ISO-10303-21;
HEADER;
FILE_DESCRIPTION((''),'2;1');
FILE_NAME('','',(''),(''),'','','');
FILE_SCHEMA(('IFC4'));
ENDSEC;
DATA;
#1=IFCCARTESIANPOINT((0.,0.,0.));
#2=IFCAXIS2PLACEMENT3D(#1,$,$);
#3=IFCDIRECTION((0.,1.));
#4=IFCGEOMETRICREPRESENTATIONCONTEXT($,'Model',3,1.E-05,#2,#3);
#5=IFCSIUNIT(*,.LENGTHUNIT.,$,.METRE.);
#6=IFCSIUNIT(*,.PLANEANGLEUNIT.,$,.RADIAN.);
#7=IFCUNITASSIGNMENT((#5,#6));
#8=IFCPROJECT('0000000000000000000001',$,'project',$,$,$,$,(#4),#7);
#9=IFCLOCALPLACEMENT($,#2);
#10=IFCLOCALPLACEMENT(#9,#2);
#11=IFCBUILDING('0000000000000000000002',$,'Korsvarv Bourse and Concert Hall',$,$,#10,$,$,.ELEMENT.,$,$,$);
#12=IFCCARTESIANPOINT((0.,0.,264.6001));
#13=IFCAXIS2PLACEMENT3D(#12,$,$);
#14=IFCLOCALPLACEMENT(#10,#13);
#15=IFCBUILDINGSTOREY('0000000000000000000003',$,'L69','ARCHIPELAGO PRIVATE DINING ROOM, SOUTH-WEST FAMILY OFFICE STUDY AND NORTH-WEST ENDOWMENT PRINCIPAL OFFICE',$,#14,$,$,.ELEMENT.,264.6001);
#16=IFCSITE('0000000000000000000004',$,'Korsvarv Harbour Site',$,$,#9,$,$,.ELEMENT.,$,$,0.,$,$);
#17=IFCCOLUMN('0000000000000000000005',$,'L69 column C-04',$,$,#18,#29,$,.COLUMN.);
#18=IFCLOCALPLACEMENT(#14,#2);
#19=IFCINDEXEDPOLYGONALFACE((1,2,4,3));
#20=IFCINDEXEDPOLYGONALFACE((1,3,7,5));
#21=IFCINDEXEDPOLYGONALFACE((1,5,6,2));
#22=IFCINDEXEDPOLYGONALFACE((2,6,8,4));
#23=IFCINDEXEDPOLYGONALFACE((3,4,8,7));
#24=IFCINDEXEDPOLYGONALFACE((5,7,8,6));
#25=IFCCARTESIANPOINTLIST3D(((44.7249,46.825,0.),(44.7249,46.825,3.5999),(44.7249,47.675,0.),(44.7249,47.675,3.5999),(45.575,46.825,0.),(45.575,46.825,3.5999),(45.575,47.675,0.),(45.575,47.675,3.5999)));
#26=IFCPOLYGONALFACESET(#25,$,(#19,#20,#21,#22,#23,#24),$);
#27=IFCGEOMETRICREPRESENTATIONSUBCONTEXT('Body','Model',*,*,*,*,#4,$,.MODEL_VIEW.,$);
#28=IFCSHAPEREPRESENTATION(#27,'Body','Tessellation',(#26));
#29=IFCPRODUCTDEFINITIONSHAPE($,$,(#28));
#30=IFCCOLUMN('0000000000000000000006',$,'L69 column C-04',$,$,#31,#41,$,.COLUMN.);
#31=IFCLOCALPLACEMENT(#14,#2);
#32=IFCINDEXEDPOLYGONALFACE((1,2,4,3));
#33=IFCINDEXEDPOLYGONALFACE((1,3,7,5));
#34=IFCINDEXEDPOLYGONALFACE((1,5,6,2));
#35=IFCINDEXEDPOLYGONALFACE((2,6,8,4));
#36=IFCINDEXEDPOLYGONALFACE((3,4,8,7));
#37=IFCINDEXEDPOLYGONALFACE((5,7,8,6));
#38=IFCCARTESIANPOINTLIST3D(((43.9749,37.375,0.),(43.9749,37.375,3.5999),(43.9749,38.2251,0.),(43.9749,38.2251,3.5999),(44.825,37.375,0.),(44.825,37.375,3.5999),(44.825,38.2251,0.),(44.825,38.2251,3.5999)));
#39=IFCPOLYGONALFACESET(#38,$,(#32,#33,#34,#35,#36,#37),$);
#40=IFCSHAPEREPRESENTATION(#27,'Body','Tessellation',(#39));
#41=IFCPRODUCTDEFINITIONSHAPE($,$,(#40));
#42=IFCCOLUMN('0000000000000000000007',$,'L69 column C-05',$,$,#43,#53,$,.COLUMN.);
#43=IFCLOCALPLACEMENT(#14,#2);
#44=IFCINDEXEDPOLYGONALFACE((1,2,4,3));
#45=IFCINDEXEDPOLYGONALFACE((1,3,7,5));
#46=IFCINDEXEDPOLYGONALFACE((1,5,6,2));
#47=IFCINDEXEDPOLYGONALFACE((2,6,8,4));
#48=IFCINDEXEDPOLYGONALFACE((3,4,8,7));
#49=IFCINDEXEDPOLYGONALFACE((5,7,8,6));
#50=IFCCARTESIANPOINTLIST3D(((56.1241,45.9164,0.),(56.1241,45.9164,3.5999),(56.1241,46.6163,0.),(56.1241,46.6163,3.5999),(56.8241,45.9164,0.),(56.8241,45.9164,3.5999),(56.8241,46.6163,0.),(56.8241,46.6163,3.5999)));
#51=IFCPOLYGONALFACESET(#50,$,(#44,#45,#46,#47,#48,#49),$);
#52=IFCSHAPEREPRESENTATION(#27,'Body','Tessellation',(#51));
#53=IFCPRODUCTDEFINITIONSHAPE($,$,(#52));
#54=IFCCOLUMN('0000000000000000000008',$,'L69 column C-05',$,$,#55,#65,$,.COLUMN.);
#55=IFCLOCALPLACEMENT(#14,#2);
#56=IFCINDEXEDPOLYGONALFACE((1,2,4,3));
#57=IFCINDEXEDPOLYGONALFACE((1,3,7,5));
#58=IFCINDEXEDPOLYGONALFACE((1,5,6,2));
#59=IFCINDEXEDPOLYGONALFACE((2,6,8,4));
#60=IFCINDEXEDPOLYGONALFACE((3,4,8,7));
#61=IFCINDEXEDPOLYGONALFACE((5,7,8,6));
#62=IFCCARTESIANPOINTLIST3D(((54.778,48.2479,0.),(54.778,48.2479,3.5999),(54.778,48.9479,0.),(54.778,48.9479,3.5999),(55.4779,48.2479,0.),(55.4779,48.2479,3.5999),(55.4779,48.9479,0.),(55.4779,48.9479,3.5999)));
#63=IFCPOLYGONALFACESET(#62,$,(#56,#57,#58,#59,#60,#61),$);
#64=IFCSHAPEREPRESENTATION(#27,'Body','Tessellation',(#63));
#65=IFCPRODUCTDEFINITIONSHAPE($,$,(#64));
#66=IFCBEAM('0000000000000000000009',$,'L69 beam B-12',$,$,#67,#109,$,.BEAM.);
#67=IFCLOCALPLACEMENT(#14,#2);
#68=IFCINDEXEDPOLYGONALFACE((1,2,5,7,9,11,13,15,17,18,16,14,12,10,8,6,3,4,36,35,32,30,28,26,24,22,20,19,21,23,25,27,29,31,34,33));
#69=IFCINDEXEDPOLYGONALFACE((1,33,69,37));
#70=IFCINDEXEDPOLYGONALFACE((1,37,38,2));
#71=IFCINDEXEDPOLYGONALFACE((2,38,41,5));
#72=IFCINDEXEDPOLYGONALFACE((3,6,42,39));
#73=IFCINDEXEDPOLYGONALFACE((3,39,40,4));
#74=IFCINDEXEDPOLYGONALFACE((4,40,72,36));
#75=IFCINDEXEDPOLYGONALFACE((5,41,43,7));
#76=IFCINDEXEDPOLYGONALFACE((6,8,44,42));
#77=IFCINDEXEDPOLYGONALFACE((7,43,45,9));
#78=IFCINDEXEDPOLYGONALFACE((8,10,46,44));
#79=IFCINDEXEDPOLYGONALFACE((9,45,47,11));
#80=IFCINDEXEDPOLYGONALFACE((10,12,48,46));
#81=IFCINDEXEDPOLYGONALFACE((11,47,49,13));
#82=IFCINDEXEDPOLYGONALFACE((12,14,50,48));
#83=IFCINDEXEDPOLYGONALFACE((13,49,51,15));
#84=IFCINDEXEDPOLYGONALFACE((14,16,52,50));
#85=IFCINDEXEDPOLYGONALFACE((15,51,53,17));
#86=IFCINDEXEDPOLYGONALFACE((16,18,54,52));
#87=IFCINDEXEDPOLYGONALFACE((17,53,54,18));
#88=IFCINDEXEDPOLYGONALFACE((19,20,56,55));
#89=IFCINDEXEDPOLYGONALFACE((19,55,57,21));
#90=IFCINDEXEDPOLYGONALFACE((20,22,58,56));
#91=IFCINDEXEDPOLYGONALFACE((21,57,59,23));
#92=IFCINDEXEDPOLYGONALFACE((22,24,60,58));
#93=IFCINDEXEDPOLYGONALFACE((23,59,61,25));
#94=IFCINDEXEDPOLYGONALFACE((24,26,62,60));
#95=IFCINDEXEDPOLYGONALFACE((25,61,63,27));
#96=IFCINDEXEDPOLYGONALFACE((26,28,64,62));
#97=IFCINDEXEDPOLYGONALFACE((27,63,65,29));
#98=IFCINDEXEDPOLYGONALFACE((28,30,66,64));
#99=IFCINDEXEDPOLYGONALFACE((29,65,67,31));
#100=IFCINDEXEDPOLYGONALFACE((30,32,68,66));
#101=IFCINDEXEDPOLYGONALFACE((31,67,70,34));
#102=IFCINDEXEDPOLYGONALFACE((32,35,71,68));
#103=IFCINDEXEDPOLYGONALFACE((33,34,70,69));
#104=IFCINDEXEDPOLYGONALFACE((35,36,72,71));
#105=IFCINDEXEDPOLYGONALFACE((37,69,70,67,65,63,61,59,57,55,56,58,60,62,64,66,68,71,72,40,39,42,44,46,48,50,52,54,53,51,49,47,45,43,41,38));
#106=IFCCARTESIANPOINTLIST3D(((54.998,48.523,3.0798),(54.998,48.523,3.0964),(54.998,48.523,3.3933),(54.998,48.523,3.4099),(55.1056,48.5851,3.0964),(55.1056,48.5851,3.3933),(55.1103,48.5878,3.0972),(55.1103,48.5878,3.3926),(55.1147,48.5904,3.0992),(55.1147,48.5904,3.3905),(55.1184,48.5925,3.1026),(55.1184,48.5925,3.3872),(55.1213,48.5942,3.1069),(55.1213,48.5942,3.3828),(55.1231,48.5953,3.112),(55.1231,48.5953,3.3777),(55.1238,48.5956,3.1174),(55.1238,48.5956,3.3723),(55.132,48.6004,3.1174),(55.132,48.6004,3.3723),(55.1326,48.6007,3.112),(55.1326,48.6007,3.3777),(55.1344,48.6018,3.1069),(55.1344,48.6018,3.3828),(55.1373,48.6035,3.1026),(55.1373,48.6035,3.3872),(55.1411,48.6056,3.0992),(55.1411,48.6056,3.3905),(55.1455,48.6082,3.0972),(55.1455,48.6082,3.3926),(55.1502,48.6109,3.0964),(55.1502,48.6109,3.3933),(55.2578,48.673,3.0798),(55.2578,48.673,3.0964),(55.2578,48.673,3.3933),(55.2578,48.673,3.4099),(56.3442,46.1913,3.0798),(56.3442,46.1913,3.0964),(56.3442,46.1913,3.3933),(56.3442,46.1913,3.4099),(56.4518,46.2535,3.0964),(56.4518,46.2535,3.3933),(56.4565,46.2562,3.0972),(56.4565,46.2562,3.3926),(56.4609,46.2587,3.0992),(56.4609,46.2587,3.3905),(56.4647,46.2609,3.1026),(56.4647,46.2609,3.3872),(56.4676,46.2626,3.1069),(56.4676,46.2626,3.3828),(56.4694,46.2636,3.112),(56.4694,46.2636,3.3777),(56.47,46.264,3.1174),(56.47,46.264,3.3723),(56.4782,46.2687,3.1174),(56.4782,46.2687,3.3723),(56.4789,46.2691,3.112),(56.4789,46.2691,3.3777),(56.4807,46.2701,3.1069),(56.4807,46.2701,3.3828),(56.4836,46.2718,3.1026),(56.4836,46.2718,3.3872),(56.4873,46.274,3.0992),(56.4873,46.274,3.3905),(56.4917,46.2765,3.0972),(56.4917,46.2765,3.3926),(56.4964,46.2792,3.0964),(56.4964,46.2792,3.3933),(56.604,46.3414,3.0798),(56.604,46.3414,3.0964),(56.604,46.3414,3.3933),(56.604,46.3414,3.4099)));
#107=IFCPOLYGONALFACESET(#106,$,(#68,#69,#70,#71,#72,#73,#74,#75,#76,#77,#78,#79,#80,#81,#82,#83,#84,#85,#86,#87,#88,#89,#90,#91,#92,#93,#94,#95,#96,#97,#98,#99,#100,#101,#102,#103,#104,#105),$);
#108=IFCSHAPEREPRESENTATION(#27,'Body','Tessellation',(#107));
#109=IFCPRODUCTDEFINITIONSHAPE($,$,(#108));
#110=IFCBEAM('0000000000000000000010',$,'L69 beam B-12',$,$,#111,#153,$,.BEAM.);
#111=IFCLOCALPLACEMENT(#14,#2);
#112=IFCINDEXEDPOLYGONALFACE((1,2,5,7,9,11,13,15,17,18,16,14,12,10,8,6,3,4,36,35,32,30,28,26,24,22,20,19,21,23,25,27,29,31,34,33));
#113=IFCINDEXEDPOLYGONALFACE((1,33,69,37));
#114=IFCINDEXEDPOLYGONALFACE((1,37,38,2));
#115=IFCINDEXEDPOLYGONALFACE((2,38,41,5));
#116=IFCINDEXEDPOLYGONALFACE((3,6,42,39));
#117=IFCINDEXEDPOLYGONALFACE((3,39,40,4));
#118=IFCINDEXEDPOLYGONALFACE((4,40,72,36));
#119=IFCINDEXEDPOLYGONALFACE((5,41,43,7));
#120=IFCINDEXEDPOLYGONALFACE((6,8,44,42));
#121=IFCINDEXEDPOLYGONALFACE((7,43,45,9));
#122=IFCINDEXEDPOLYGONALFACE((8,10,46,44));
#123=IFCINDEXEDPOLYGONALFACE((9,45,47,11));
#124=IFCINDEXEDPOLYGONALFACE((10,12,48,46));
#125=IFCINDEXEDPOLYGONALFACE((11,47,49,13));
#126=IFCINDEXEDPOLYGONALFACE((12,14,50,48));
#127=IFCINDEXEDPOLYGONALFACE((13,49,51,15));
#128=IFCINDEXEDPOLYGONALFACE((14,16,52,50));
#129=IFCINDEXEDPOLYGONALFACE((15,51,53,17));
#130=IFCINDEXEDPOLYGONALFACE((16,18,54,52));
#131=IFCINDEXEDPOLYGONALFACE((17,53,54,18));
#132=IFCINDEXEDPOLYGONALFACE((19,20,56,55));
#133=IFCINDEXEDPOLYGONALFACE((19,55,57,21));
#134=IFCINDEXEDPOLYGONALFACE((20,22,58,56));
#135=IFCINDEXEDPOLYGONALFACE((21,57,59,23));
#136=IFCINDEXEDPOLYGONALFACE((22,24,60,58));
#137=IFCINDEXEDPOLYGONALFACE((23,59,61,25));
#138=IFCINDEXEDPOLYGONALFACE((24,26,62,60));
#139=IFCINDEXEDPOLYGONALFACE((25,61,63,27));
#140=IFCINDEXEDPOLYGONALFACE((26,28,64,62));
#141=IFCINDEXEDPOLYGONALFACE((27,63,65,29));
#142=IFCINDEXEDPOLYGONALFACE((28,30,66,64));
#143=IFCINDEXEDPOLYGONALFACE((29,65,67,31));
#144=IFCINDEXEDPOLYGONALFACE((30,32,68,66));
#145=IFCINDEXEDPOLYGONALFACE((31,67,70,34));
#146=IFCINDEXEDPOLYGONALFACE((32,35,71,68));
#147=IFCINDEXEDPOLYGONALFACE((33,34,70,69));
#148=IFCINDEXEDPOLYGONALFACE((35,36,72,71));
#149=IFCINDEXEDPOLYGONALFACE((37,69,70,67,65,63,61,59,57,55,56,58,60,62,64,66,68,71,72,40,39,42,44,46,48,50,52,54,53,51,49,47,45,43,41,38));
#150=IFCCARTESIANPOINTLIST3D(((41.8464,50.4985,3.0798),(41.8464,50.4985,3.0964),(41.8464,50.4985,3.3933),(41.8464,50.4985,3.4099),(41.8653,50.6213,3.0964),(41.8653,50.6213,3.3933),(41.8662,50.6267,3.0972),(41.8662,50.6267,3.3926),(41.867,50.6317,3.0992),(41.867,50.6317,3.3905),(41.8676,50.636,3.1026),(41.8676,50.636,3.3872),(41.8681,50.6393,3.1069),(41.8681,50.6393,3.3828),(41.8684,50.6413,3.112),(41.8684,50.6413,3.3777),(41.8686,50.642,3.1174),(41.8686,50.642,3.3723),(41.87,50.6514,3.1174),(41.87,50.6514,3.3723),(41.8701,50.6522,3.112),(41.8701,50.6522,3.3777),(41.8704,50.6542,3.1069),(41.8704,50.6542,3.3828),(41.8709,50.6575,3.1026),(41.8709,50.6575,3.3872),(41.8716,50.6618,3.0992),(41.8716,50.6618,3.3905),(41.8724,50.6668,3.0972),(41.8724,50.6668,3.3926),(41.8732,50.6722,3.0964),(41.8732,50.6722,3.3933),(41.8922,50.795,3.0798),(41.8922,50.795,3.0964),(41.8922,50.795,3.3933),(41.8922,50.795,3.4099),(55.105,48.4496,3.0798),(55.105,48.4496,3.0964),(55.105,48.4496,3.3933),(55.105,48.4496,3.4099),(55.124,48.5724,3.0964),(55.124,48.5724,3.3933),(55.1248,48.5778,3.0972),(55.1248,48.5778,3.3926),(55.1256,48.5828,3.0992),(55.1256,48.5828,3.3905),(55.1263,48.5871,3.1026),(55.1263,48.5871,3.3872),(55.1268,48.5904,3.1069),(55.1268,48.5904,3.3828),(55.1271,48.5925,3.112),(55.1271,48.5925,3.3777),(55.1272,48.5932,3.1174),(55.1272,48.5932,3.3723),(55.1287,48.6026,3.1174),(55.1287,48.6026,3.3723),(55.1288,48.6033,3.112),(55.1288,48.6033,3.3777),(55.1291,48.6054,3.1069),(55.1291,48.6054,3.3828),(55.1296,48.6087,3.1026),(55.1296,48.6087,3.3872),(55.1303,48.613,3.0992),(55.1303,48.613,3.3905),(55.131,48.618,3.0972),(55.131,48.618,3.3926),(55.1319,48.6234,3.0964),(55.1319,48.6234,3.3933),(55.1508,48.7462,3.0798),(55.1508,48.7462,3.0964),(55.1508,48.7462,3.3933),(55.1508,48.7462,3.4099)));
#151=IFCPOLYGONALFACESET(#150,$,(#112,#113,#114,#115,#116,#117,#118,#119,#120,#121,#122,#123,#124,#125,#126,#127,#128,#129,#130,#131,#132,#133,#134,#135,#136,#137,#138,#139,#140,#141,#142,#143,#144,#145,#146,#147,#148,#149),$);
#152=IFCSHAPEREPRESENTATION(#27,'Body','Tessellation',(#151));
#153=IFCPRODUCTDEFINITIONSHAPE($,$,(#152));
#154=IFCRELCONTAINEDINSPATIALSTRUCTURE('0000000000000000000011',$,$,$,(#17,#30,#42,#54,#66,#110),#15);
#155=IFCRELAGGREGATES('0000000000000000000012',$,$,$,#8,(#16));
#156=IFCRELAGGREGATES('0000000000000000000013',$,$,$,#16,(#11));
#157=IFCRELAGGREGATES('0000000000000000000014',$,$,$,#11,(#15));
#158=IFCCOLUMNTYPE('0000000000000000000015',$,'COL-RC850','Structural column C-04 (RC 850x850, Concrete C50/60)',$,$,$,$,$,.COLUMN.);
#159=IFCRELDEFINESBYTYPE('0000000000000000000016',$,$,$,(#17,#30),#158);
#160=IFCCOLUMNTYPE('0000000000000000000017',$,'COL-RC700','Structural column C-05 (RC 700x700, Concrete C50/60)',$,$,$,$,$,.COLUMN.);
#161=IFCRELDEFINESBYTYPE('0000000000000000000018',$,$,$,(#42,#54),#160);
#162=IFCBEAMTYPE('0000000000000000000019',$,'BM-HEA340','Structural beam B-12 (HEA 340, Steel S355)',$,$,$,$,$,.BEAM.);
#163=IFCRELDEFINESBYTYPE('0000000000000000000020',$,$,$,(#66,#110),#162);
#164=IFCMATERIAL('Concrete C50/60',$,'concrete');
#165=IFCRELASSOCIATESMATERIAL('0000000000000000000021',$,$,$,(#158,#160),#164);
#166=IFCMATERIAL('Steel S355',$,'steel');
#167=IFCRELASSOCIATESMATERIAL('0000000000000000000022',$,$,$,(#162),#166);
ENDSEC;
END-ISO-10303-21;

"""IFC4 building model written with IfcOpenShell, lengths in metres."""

from ifc_helpers import new_model, si_unit, direction, frame, origin, origin_2d, place, context, subcontext, project, spatial, rectangle, i_section, extrude, source, transform, mapped, material, material_profile, profile_set, type_object, element, save


model = new_model("IFC4")

# Units and contexts
model_context = context("Model", 3, precision=1e-05, world=origin(), true_north=direction((0.0, 1.0)))
body_context = subcontext(model_context, "Body", "Model", "MODEL_VIEW")
ifc_project = project(units=[si_unit("LENGTHUNIT", "METRE"), si_unit("PLANEANGLEUNIT", "RADIAN")], contexts=[model_context])

# Site, building, storey
site_placement = place(None, origin())
site = spatial("IfcSite", under=ifc_project, at=site_placement, Name="Korsvarv Harbour Site", CompositionType="ELEMENT", RefElevation=0.0)
building_placement = place(site_placement, origin())
building = spatial("IfcBuilding", under=site, at=building_placement, Name="Korsvarv Bourse and Concert Hall", CompositionType="ELEMENT")
storey_placement = place(building_placement, frame((0.0, 0.0, 264.6001)))
storey = spatial("IfcBuildingStorey", under=building, at=storey_placement, Name="L69", Description="ARCHIPELAGO PRIVATE DINING ROOM, SOUTH-WEST FAMILY OFFICE STUDY AND NORTH-WEST ENDOWMENT PRINCIPAL OFFICE", CompositionType="ELEMENT", Elevation=264.6001)

# Columns
ifc_material_1 = material(Name="Concrete C50/60", Category="concrete")
ifc_material_profile_1 = material_profile(ifc_material_1, rectangle(XDim=0.8501, YDim=0.8501, at=origin_2d()), Name="RC 850x850")
ifc_profile_set_1 = profile_set([ifc_material_profile_1], Name="Concrete C50/60")
column_type_1 = type_object("IfcColumnType", Name="COL-RC850", Description="Structural column C-04 (RC 850x850, Concrete C50/60)", PredefinedType="COLUMN", material=ifc_profile_set_1)
shared_shape_1 = source(origin(), body_context, "Body", "SweptSolid", [
    extrude(rectangle(XDim=0.8501, YDim=0.8501, at=origin_2d()), origin(), (0.0, 0.0, 1.0), 3.5999),
])
for number, where, z_axis, x_axis, name in (
    (1, (45.1499, 47.25, 0.0), (0.0, 0.0, 1.0), (1.0, 0.0, 0.0), "L69 column C-04"),
    (2, (44.3999, 37.8, 0.0), (0.0, 0.0, 1.0), (1.0, 0.0, 0.0), "L69 column C-04"),
):
    element("IfcColumn", number, at=place(storey_placement, frame(where, z_axis=z_axis, x_axis=x_axis)), inside=storey, type_object=column_type_1, Name=name, PredefinedType="COLUMN", context=body_context, shape_type="MappedRepresentation", body=[
        mapped(shared_shape_1, transform((0.0, 0.0, 0.0), scale=1.0)),
    ])
ifc_material_profile_2 = material_profile(ifc_material_1, rectangle(XDim=0.7, YDim=0.7, at=origin_2d()), Name="RC 700x700")
ifc_profile_set_2 = profile_set([ifc_material_profile_2], Name="Concrete C50/60")
column_type_2 = type_object("IfcColumnType", Name="COL-RC700", Description="Structural column C-05 (RC 700x700, Concrete C50/60)", PredefinedType="COLUMN", material=ifc_profile_set_2)
shared_shape_2 = source(origin(), body_context, "Body", "SweptSolid", [
    extrude(rectangle(XDim=0.7, YDim=0.7, at=origin_2d()), origin(), (0.0, 0.0, 1.0), 3.5999),
])
for number, where, z_axis, x_axis, name in (
    (3, (56.4741, 46.2664, 0.0), (0.0, 0.0, 1.0), (1.0, 0.0, 0.0), "L69 column C-05"),
    (4, (55.1279, 48.5979, 0.0), (0.0, 0.0, 1.0), (1.0, 0.0, 0.0), "L69 column C-05"),
):
    element("IfcColumn", number, at=place(storey_placement, frame(where, z_axis=z_axis, x_axis=x_axis)), inside=storey, type_object=column_type_2, Name=name, PredefinedType="COLUMN", context=body_context, shape_type="MappedRepresentation", body=[
        mapped(shared_shape_2, transform((0.0, 0.0, 0.0), scale=1.0)),
    ])

# Beams
ifc_material_2 = material(Name="Steel S355", Category="steel")
ifc_material_profile_3 = material_profile(ifc_material_2, i_section(OverallWidth=0.3, OverallDepth=0.3301, WebThickness=0.0095, FlangeThickness=0.0166, FilletRadius=0.021, at=origin_2d()), Name="HEA 340")
ifc_profile_set_3 = profile_set([ifc_material_profile_3], Name="Steel S355")
beam_type_1 = type_object("IfcBeamType", Name="BM-HEA340", Description="Structural beam B-12 (HEA 340, Steel S355)", PredefinedType="BEAM", material=ifc_profile_set_3)
shared_shape_3 = source(origin(), body_context, "Body", "SweptSolid", [
    extrude(i_section(OverallWidth=0.3, OverallDepth=0.3301, WebThickness=0.0095, FlangeThickness=0.0166, FilletRadius=0.021, at=origin_2d()), origin(), (0.0, 0.0, 1.0), 2.6924),
])
beam_1_placement = place(storey_placement, frame((56.4741, 46.2664, 3.2449), z_axis=(-0.500021, 0.866013, 0.0), x_axis=(-0.866013, -0.500021, 0.0)))
element("IfcBeam", 5, at=beam_1_placement, inside=storey, type_object=beam_type_1, Name="L69 beam B-12", PredefinedType="BEAM", context=body_context, shape_type="MappedRepresentation", body=[
    mapped(shared_shape_3, transform((0.0, 0.0, 0.0), scale=1.0)),
])
shared_shape_4 = source(origin(), body_context, "Body", "SweptSolid", [
    extrude(i_section(OverallWidth=0.3, OverallDepth=0.3301, WebThickness=0.0095, FlangeThickness=0.0166, FilletRadius=0.021, at=origin_2d()), origin(), (0.0, 0.0, 1.0), 13.416),
])
beam_2_placement = place(storey_placement, frame((55.1279, 48.5979, 3.2449), z_axis=(-0.98827, 0.152716, 0.0), x_axis=(-0.152716, -0.98827, 0.0)))
element("IfcBeam", 6, at=beam_2_placement, inside=storey, type_object=beam_type_1, Name="L69 beam B-12", PredefinedType="BEAM", context=body_context, shape_type="MappedRepresentation", body=[
    mapped(shared_shape_4, transform((0.0, 0.0, 0.0), scale=1.0)),
])

save(model, "model.ifc")
